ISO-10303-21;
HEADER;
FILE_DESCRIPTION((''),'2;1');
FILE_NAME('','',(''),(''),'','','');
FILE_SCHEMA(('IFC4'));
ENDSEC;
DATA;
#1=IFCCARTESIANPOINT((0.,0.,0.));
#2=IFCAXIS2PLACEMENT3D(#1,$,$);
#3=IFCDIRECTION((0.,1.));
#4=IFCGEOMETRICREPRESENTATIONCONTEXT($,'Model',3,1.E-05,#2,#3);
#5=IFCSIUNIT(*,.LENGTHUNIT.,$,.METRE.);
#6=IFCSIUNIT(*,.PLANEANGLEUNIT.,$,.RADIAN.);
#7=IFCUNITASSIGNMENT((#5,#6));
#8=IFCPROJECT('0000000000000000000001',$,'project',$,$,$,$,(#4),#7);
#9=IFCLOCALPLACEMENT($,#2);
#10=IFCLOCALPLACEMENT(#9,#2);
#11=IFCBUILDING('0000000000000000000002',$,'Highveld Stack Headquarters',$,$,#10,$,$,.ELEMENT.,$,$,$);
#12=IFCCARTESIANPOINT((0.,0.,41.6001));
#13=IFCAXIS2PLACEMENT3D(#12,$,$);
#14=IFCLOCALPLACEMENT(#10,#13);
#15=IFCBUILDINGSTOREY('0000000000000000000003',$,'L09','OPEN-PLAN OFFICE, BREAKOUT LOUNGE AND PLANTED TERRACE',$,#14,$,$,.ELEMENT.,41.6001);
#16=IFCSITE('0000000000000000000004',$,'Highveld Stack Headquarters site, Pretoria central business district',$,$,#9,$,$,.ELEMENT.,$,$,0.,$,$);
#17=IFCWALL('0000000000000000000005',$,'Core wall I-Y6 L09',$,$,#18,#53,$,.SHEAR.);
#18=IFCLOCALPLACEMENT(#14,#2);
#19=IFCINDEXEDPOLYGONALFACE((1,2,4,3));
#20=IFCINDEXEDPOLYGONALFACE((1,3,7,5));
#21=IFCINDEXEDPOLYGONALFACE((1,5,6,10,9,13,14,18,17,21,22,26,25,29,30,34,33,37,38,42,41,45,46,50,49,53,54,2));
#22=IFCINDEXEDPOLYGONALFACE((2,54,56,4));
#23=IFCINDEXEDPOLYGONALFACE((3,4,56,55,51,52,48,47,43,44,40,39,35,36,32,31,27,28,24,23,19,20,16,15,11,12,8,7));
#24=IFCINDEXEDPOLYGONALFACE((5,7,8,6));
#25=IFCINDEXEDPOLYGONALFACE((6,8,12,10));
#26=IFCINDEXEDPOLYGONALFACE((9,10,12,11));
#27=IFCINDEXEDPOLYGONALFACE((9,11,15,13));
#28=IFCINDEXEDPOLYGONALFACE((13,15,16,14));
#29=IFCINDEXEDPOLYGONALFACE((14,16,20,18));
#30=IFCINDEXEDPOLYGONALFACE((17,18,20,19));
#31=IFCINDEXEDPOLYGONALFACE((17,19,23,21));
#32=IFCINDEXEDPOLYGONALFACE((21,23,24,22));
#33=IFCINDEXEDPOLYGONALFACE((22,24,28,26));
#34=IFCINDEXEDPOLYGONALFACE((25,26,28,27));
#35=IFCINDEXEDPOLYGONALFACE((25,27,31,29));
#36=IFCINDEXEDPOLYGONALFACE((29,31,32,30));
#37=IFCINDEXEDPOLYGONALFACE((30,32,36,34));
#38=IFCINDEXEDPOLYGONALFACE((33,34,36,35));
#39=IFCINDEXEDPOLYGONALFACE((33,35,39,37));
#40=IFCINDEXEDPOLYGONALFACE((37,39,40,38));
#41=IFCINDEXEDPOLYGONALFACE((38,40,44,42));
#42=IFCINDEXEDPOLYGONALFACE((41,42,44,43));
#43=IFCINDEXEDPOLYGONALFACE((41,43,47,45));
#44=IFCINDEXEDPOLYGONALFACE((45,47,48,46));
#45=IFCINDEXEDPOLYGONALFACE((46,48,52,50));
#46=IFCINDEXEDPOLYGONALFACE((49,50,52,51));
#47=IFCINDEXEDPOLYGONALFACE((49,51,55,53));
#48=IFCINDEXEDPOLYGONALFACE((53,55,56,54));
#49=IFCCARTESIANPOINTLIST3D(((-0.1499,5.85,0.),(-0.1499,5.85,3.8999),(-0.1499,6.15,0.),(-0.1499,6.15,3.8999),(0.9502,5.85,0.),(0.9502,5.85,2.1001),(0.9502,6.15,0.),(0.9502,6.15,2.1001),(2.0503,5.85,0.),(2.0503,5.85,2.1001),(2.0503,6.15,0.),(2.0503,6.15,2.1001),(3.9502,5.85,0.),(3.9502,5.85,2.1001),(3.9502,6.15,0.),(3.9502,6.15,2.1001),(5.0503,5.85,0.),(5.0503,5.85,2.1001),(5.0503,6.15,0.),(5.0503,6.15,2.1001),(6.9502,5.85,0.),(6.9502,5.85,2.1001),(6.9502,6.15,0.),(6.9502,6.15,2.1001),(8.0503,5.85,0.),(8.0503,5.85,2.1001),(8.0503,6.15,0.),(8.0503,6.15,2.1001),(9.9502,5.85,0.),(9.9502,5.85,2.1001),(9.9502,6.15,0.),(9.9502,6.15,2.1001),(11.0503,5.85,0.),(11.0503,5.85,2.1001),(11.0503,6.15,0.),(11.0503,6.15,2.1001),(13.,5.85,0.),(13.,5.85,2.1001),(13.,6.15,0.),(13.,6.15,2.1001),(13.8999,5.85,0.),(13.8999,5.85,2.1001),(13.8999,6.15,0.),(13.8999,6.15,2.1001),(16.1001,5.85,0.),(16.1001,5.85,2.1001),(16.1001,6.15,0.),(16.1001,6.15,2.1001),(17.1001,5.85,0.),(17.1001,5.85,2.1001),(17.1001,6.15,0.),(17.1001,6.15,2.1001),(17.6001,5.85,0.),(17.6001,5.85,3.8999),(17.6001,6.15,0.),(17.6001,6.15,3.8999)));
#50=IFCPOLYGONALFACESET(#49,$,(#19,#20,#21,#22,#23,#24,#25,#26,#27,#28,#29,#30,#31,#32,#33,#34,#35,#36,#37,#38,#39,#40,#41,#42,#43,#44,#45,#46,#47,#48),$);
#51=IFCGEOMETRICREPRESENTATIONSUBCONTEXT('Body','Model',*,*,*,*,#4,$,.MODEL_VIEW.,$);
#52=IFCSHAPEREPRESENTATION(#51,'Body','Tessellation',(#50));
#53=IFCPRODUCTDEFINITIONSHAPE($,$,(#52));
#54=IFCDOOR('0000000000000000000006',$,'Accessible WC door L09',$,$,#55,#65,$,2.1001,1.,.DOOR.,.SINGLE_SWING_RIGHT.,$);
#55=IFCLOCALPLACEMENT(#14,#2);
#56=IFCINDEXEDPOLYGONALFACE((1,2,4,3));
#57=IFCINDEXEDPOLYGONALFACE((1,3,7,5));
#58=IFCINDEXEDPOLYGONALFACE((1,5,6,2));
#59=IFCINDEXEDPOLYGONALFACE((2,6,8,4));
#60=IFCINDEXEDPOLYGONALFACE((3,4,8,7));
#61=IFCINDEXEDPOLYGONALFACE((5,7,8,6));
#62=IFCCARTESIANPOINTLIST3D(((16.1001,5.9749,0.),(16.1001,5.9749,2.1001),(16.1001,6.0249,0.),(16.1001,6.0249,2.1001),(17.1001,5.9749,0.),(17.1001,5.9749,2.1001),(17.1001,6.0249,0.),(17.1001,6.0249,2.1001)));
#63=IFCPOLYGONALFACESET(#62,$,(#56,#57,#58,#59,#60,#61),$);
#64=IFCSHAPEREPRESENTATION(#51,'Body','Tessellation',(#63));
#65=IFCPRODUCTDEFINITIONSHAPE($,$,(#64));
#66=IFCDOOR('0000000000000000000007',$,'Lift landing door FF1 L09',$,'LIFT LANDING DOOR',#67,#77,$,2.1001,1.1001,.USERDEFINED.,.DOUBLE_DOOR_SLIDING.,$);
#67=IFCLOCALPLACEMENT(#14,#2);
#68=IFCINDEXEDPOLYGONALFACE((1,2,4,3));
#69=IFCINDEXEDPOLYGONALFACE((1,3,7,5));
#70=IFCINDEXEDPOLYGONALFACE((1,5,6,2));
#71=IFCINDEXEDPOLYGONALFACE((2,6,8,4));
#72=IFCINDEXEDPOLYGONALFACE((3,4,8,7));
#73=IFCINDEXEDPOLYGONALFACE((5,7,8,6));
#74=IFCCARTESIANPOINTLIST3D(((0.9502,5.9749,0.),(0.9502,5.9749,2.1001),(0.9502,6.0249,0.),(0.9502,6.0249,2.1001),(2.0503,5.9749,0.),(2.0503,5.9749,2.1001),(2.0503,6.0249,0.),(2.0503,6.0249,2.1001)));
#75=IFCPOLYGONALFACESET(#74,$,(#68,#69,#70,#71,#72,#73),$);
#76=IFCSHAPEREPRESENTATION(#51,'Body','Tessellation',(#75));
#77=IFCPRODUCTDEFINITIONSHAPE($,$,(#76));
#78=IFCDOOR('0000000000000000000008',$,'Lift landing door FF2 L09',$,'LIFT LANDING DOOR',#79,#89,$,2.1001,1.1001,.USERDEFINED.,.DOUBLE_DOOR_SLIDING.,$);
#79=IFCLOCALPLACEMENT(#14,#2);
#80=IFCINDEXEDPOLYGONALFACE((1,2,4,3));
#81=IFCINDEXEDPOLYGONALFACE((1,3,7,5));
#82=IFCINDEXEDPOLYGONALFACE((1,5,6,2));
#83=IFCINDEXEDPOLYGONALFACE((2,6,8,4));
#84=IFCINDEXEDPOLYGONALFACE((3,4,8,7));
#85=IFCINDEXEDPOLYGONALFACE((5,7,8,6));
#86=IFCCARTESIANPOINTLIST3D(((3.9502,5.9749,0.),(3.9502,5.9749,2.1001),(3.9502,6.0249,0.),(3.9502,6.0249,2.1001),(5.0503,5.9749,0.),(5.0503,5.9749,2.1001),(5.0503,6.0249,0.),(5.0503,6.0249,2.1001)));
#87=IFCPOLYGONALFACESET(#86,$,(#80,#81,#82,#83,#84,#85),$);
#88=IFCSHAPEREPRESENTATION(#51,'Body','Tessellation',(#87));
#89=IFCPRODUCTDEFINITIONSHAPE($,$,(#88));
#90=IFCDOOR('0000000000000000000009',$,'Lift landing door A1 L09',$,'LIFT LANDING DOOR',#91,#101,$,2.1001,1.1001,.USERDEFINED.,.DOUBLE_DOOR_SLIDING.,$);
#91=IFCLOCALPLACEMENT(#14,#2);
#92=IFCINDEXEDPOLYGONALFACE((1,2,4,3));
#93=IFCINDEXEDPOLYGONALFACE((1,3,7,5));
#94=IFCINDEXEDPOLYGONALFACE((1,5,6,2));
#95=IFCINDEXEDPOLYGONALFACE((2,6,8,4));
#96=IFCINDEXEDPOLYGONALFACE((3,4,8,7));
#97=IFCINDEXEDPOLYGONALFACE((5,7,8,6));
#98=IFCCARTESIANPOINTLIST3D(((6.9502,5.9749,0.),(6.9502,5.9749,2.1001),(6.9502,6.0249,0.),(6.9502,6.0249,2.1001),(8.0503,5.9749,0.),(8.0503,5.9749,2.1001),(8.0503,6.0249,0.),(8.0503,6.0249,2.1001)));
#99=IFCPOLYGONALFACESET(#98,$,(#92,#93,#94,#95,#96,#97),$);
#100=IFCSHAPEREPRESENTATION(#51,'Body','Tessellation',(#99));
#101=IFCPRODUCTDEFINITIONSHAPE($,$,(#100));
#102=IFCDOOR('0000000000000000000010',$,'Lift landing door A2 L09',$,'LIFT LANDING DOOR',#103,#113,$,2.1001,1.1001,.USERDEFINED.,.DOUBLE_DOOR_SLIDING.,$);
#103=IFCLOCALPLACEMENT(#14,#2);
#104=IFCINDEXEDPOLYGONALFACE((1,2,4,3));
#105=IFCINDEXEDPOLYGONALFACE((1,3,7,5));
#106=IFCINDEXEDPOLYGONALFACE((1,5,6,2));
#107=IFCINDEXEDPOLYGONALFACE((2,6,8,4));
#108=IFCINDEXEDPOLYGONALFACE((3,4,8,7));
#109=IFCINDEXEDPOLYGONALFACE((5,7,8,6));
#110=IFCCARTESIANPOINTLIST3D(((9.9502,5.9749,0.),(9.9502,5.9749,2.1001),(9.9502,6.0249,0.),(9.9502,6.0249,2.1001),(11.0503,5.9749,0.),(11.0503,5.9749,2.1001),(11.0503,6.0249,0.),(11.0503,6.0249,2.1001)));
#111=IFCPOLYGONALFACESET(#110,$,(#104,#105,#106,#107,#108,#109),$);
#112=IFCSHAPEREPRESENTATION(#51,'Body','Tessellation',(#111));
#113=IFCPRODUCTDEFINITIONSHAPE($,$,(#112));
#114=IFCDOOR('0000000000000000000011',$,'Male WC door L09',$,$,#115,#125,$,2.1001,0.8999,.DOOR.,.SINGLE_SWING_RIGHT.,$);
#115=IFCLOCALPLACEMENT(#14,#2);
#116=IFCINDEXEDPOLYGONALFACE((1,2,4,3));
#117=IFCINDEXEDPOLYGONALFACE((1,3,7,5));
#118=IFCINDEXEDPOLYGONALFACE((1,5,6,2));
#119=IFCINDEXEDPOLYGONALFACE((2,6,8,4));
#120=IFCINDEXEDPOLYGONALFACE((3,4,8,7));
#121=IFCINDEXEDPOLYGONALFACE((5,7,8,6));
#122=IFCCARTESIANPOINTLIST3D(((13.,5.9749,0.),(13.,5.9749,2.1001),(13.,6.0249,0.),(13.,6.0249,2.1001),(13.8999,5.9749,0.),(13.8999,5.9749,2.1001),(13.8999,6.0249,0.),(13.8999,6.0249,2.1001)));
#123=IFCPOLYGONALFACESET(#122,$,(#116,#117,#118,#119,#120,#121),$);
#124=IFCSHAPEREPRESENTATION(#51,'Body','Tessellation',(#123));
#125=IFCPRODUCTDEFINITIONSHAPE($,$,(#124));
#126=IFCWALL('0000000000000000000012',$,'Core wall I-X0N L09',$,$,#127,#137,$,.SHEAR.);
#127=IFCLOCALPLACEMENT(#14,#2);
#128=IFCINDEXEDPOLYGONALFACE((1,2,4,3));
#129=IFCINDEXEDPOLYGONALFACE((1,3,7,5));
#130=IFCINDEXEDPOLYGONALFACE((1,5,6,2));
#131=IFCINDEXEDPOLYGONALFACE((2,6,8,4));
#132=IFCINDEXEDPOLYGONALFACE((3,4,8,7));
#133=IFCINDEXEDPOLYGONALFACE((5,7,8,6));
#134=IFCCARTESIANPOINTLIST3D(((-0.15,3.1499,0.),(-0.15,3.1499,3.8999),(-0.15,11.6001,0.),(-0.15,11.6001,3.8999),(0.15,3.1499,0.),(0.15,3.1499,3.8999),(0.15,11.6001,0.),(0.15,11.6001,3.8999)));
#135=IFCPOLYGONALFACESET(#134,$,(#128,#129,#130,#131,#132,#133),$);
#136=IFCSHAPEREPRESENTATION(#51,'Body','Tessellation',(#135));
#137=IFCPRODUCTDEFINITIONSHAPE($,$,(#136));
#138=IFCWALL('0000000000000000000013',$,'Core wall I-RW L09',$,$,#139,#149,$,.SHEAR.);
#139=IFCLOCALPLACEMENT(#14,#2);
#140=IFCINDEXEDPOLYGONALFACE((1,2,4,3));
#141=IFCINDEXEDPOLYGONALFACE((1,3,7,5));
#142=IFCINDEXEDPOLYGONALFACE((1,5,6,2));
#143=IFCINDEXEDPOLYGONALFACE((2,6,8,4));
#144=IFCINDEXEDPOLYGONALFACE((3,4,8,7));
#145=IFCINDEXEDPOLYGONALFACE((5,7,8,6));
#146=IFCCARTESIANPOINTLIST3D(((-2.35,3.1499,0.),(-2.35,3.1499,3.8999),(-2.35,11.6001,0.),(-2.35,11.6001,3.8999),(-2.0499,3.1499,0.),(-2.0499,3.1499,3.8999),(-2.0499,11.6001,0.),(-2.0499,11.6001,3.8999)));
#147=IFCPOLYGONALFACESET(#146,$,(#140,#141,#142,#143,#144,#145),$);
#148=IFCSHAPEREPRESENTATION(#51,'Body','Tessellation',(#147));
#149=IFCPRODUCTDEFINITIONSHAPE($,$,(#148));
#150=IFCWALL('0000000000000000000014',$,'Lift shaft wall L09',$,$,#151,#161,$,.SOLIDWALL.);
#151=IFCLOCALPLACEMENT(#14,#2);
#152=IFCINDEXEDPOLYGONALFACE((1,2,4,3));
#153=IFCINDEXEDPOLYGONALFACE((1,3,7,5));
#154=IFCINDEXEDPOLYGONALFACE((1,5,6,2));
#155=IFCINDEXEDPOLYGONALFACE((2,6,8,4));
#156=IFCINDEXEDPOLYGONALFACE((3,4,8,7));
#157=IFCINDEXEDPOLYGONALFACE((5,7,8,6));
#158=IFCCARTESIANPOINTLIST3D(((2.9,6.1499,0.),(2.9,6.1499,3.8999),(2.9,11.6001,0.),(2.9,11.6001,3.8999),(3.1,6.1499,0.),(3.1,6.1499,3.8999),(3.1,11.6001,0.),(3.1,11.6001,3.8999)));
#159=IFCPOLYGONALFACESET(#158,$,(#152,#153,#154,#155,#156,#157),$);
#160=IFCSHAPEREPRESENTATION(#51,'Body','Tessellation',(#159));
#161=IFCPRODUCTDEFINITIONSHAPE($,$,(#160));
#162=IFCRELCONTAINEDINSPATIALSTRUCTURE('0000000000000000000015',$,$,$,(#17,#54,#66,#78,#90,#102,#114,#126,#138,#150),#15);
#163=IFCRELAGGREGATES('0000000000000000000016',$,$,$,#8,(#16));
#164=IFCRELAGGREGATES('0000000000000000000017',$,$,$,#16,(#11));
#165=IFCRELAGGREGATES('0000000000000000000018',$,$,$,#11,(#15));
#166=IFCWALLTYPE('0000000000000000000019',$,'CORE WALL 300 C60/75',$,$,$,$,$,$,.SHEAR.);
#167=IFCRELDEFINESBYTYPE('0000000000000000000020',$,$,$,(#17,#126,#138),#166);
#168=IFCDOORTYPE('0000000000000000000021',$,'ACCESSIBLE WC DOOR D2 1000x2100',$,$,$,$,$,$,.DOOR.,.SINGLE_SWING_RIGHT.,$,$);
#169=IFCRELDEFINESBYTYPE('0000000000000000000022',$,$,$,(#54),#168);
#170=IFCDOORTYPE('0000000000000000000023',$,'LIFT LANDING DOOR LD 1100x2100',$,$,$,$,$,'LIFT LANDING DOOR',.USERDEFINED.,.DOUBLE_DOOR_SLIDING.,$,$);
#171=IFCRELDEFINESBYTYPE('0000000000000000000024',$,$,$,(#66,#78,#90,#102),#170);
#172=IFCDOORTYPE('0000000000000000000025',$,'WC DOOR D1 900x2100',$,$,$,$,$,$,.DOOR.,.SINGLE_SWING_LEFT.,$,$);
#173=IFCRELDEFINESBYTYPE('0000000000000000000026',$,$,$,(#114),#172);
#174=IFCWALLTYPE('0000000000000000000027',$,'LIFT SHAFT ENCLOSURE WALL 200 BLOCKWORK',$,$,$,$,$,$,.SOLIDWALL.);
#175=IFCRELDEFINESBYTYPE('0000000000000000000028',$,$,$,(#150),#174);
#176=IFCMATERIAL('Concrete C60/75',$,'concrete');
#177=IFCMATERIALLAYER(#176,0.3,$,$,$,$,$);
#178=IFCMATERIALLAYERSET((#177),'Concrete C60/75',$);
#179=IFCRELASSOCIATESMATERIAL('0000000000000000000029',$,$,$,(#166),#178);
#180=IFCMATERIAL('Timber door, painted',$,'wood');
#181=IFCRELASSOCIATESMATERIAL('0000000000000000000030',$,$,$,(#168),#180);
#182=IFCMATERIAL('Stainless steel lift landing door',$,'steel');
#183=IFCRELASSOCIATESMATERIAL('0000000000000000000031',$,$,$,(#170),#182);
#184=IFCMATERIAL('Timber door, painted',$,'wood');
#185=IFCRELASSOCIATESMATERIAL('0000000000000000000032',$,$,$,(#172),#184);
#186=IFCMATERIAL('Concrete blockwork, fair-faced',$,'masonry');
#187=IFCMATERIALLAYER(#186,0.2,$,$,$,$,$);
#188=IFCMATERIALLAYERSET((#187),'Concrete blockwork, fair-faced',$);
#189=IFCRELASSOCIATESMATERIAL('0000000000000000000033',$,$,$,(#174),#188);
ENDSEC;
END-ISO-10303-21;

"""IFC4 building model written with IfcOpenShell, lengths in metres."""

from ifc_helpers import new_model, si_unit, direction, frame, frame_2d, origin, place, context, subcontext, project, spatial, rectangle, extrude, material, layer, layer_set, type_object, element, fill, save


model = new_model("IFC4")

# Units and contexts
model_context = context("Model", 3, precision=1e-05, world=origin(), true_north=direction((0.0, 1.0)))
body_context = subcontext(model_context, "Body", "Model", "MODEL_VIEW")
ifc_project = project(units=[si_unit("LENGTHUNIT", "METRE"), si_unit("PLANEANGLEUNIT", "RADIAN")], contexts=[model_context])

# Site, building, storey
site_placement = place(None, origin())
site = spatial("IfcSite", under=ifc_project, at=site_placement, Name="Highveld Stack Headquarters site, Pretoria central business district", CompositionType="ELEMENT", RefElevation=0.0)
building_placement = place(site_placement, origin())
building = spatial("IfcBuilding", under=site, at=building_placement, Name="Highveld Stack Headquarters", CompositionType="ELEMENT")
storey_placement = place(building_placement, frame((0.0, 0.0, 41.6001)))
storey = spatial("IfcBuildingStorey", under=building, at=storey_placement, Name="L09", Description="OPEN-PLAN OFFICE, BREAKOUT LOUNGE AND PLANTED TERRACE", CompositionType="ELEMENT", Elevation=41.6001)

# Wall, openings, doors
ifc_material_1 = material(Name="Concrete C60/75", Category="concrete")
ifc_layer_1 = layer(ifc_material_1, 0.3)
ifc_layer_set_1 = layer_set([ifc_layer_1], Name="Concrete C60/75")
wall_type_1 = type_object("IfcWallType", Name="CORE WALL 300 C60/75", PredefinedType="SHEAR", material=ifc_layer_set_1)
wall_1_placement = place(storey_placement, frame((-0.1499, 6.0, 0.0), z_axis=(0.0, 0.0, 1.0), x_axis=(1.0, 0.0, 0.0)))
wall_1 = element("IfcWall", 1, at=wall_1_placement, inside=storey, type_object=wall_type_1, Name="Core wall I-Y6 L09", PredefinedType="SHEAR", context=body_context, shape_type="SweptSolid", body=[
    extrude(rectangle(XDim=17.75, YDim=0.3, at=frame_2d((8.875, 0.0))), origin(), (0.0, 0.0, 1.0), 3.8999),
])
opening_1_placement = place(wall_1_placement, frame((13.1499, 0.0, 0.0)))
opening_1 = element("IfcOpeningElement", 2, at=opening_1_placement, cuts=wall_1, PredefinedType="OPENING", context=body_context, shape_type="SweptSolid", body=[
    extrude(rectangle(XDim=0.8999, YDim=2.1001, at=frame_2d((0.45, 1.05))), frame((0.0, 0.1599, 0.0), z_axis=(0.0, -1.0, 0.0), x_axis=(1.0, 0.0, 0.0)), (0.0, 0.0, 1.0), 0.3201),
])
opening_2_placement = place(wall_1_placement, frame((16.25, 0.0, 0.0)))
opening_2 = element("IfcOpeningElement", 3, at=opening_2_placement, cuts=wall_1, PredefinedType="OPENING", context=body_context, shape_type="SweptSolid", body=[
    extrude(rectangle(XDim=1.0, YDim=2.1001, at=frame_2d((0.5, 1.05))), frame((0.0, 0.1599, 0.0), z_axis=(0.0, -1.0, 0.0), x_axis=(1.0, 0.0, 0.0)), (0.0, 0.0, 1.0), 0.3201),
])
opening_3_placement = place(wall_1_placement, frame((1.1001, 0.0, 0.0)))
opening_3 = element("IfcOpeningElement", 4, at=opening_3_placement, cuts=wall_1, PredefinedType="OPENING", context=body_context, shape_type="SweptSolid", body=[
    extrude(rectangle(XDim=1.1001, YDim=2.1001, at=frame_2d((0.55, 1.05))), frame((0.0, 0.1599, 0.0), z_axis=(0.0, -1.0, 0.0), x_axis=(1.0, 0.0, 0.0)), (0.0, 0.0, 1.0), 0.3201),
])
opening_4_placement = place(wall_1_placement, frame((4.1001, 0.0, 0.0)))
opening_4 = element("IfcOpeningElement", 5, at=opening_4_placement, cuts=wall_1, PredefinedType="OPENING", context=body_context, shape_type="SweptSolid", body=[
    extrude(rectangle(XDim=1.1001, YDim=2.1001, at=frame_2d((0.55, 1.05))), frame((0.0, 0.1599, 0.0), z_axis=(0.0, -1.0, 0.0), x_axis=(1.0, 0.0, 0.0)), (0.0, 0.0, 1.0), 0.3201),
])
opening_5_placement = place(wall_1_placement, frame((7.1001, 0.0, 0.0)))
opening_5 = element("IfcOpeningElement", 6, at=opening_5_placement, cuts=wall_1, PredefinedType="OPENING", context=body_context, shape_type="SweptSolid", body=[
    extrude(rectangle(XDim=1.1001, YDim=2.1001, at=frame_2d((0.55, 1.05))), frame((0.0, 0.1599, 0.0), z_axis=(0.0, -1.0, 0.0), x_axis=(1.0, 0.0, 0.0)), (0.0, 0.0, 1.0), 0.3201),
])
opening_6_placement = place(wall_1_placement, frame((10.1001, 0.0, 0.0)))
opening_6 = element("IfcOpeningElement", 7, at=opening_6_placement, cuts=wall_1, PredefinedType="OPENING", context=body_context, shape_type="SweptSolid", body=[
    extrude(rectangle(XDim=1.1001, YDim=2.1001, at=frame_2d((0.55, 1.05))), frame((0.0, 0.1599, 0.0), z_axis=(0.0, -1.0, 0.0), x_axis=(1.0, 0.0, 0.0)), (0.0, 0.0, 1.0), 0.3201),
])
ifc_material_2 = material(Name="Timber door, painted", Category="wood")
door_type_1 = type_object("IfcDoorType", Name="ACCESSIBLE WC DOOR D2 1000x2100", OperationType="SINGLE_SWING_RIGHT", PredefinedType="DOOR", material=ifc_material_2)
door_1_placement = place(opening_2_placement, origin())
door_1 = element("IfcDoor", 8, at=door_1_placement, inside=storey, type_object=door_type_1, Name="Accessible WC door L09", OperationType="SINGLE_SWING_RIGHT", OverallHeight=2.1001, OverallWidth=1.0, PredefinedType="DOOR", context=body_context, shape_type="SweptSolid", body=[
    extrude(rectangle(XDim=1.0, YDim=2.1001, at=frame_2d((0.5, 1.05))), frame((0.0, 0.0249, 0.0), z_axis=(0.0, -1.0, 0.0), x_axis=(1.0, 0.0, 0.0)), (0.0, 0.0, 1.0), 0.05),
])
fill(opening_2, door_1)
ifc_material_3 = material(Name="Stainless steel lift landing door", Category="steel")
door_type_2 = type_object("IfcDoorType", Name="LIFT LANDING DOOR LD 1100x2100", ElementType="LIFT LANDING DOOR", OperationType="DOUBLE_DOOR_SLIDING", PredefinedType="USERDEFINED", material=ifc_material_3)
door_2_placement = place(opening_3_placement, origin())
door_2 = element("IfcDoor", 9, at=door_2_placement, inside=storey, type_object=door_type_2, Name="Lift landing door FF1 L09", ObjectType="LIFT LANDING DOOR", OperationType="DOUBLE_DOOR_SLIDING", OverallHeight=2.1001, OverallWidth=1.1001, PredefinedType="USERDEFINED", context=body_context, shape_type="SweptSolid", body=[
    extrude(rectangle(XDim=1.1001, YDim=2.1001, at=frame_2d((0.55, 1.05))), frame((0.0, 0.0249, 0.0), z_axis=(0.0, -1.0, 0.0), x_axis=(1.0, 0.0, 0.0)), (0.0, 0.0, 1.0), 0.05),
])
fill(opening_3, door_2)
door_3_placement = place(opening_4_placement, origin())
door_3 = element("IfcDoor", 10, at=door_3_placement, inside=storey, type_object=door_type_2, Name="Lift landing door FF2 L09", ObjectType="LIFT LANDING DOOR", OperationType="DOUBLE_DOOR_SLIDING", OverallHeight=2.1001, OverallWidth=1.1001, PredefinedType="USERDEFINED", context=body_context, shape_type="SweptSolid", body=[
    extrude(rectangle(XDim=1.1001, YDim=2.1001, at=frame_2d((0.55, 1.05))), frame((0.0, 0.0249, 0.0), z_axis=(0.0, -1.0, 0.0), x_axis=(1.0, 0.0, 0.0)), (0.0, 0.0, 1.0), 0.05),
])
fill(opening_4, door_3)
door_4_placement = place(opening_5_placement, origin())
door_4 = element("IfcDoor", 11, at=door_4_placement, inside=storey, type_object=door_type_2, Name="Lift landing door A1 L09", ObjectType="LIFT LANDING DOOR", OperationType="DOUBLE_DOOR_SLIDING", OverallHeight=2.1001, OverallWidth=1.1001, PredefinedType="USERDEFINED", context=body_context, shape_type="SweptSolid", body=[
    extrude(rectangle(XDim=1.1001, YDim=2.1001, at=frame_2d((0.55, 1.05))), frame((0.0, 0.0249, 0.0), z_axis=(0.0, -1.0, 0.0), x_axis=(1.0, 0.0, 0.0)), (0.0, 0.0, 1.0), 0.05),
])
fill(opening_5, door_4)
door_5_placement = place(opening_6_placement, origin())
door_5 = element("IfcDoor", 12, at=door_5_placement, inside=storey, type_object=door_type_2, Name="Lift landing door A2 L09", ObjectType="LIFT LANDING DOOR", OperationType="DOUBLE_DOOR_SLIDING", OverallHeight=2.1001, OverallWidth=1.1001, PredefinedType="USERDEFINED", context=body_context, shape_type="SweptSolid", body=[
    extrude(rectangle(XDim=1.1001, YDim=2.1001, at=frame_2d((0.55, 1.05))), frame((0.0, 0.0249, 0.0), z_axis=(0.0, -1.0, 0.0), x_axis=(1.0, 0.0, 0.0)), (0.0, 0.0, 1.0), 0.05),
])
fill(opening_6, door_5)
ifc_material_4 = material(Name="Timber door, painted", Category="wood")
door_type_3 = type_object("IfcDoorType", Name="WC DOOR D1 900x2100", OperationType="SINGLE_SWING_LEFT", PredefinedType="DOOR", material=ifc_material_4)
door_6_placement = place(opening_1_placement, origin())
door_6 = element("IfcDoor", 13, at=door_6_placement, inside=storey, type_object=door_type_3, Name="Male WC door L09", OperationType="SINGLE_SWING_RIGHT", OverallHeight=2.1001, OverallWidth=0.8999, PredefinedType="DOOR", context=body_context, shape_type="SweptSolid", body=[
    extrude(rectangle(XDim=0.8999, YDim=2.1001, at=frame_2d((0.45, 1.05))), frame((0.0, 0.0249, 0.0), z_axis=(0.0, -1.0, 0.0), x_axis=(1.0, 0.0, 0.0)), (0.0, 0.0, 1.0), 0.05),
])
fill(opening_1, door_6)

# Walls
for number, where, z_axis, x_axis, name in (
    (14, (0.0, 3.1499, 0.0), (0.0, 0.0, 1.0), (0.0, 1.0, 0.0), "Core wall I-X0N L09"),
    (15, (-2.2, 3.1499, 0.0), (0.0, 0.0, 1.0), (0.0, 1.0, 0.0), "Core wall I-RW L09"),
):
    element("IfcWall", number, at=place(storey_placement, frame(where, z_axis=z_axis, x_axis=x_axis)), inside=storey, type_object=wall_type_1, Name=name, PredefinedType="SHEAR", context=body_context, shape_type="SweptSolid", body=[
        extrude(rectangle(XDim=8.4502, YDim=0.3, at=frame_2d((4.2251, 0.0))), origin(), (0.0, 0.0, 1.0), 3.8999),
    ])
ifc_material_5 = material(Name="Concrete blockwork, fair-faced", Category="masonry")
ifc_layer_2 = layer(ifc_material_5, 0.2)
ifc_layer_set_2 = layer_set([ifc_layer_2], Name="Concrete blockwork, fair-faced")
wall_type_2 = type_object("IfcWallType", Name="LIFT SHAFT ENCLOSURE WALL 200 BLOCKWORK", PredefinedType="SOLIDWALL", material=ifc_layer_set_2)
for number, where, z_axis, x_axis, name in (
    (16, (3.0, 6.1499, 0.0), (0.0, 0.0, 1.0), (0.0, 1.0, 0.0), "Lift shaft wall L09"),
):
    element("IfcWall", number, at=place(storey_placement, frame(where, z_axis=z_axis, x_axis=x_axis)), inside=storey, type_object=wall_type_2, Name=name, PredefinedType="SOLIDWALL", context=body_context, shape_type="SweptSolid", body=[
        extrude(rectangle(XDim=5.4502, YDim=0.2, at=frame_2d((2.7251, 0.0))), origin(), (0.0, 0.0, 1.0), 3.8999),
    ])

save(model, "model.ifc")
